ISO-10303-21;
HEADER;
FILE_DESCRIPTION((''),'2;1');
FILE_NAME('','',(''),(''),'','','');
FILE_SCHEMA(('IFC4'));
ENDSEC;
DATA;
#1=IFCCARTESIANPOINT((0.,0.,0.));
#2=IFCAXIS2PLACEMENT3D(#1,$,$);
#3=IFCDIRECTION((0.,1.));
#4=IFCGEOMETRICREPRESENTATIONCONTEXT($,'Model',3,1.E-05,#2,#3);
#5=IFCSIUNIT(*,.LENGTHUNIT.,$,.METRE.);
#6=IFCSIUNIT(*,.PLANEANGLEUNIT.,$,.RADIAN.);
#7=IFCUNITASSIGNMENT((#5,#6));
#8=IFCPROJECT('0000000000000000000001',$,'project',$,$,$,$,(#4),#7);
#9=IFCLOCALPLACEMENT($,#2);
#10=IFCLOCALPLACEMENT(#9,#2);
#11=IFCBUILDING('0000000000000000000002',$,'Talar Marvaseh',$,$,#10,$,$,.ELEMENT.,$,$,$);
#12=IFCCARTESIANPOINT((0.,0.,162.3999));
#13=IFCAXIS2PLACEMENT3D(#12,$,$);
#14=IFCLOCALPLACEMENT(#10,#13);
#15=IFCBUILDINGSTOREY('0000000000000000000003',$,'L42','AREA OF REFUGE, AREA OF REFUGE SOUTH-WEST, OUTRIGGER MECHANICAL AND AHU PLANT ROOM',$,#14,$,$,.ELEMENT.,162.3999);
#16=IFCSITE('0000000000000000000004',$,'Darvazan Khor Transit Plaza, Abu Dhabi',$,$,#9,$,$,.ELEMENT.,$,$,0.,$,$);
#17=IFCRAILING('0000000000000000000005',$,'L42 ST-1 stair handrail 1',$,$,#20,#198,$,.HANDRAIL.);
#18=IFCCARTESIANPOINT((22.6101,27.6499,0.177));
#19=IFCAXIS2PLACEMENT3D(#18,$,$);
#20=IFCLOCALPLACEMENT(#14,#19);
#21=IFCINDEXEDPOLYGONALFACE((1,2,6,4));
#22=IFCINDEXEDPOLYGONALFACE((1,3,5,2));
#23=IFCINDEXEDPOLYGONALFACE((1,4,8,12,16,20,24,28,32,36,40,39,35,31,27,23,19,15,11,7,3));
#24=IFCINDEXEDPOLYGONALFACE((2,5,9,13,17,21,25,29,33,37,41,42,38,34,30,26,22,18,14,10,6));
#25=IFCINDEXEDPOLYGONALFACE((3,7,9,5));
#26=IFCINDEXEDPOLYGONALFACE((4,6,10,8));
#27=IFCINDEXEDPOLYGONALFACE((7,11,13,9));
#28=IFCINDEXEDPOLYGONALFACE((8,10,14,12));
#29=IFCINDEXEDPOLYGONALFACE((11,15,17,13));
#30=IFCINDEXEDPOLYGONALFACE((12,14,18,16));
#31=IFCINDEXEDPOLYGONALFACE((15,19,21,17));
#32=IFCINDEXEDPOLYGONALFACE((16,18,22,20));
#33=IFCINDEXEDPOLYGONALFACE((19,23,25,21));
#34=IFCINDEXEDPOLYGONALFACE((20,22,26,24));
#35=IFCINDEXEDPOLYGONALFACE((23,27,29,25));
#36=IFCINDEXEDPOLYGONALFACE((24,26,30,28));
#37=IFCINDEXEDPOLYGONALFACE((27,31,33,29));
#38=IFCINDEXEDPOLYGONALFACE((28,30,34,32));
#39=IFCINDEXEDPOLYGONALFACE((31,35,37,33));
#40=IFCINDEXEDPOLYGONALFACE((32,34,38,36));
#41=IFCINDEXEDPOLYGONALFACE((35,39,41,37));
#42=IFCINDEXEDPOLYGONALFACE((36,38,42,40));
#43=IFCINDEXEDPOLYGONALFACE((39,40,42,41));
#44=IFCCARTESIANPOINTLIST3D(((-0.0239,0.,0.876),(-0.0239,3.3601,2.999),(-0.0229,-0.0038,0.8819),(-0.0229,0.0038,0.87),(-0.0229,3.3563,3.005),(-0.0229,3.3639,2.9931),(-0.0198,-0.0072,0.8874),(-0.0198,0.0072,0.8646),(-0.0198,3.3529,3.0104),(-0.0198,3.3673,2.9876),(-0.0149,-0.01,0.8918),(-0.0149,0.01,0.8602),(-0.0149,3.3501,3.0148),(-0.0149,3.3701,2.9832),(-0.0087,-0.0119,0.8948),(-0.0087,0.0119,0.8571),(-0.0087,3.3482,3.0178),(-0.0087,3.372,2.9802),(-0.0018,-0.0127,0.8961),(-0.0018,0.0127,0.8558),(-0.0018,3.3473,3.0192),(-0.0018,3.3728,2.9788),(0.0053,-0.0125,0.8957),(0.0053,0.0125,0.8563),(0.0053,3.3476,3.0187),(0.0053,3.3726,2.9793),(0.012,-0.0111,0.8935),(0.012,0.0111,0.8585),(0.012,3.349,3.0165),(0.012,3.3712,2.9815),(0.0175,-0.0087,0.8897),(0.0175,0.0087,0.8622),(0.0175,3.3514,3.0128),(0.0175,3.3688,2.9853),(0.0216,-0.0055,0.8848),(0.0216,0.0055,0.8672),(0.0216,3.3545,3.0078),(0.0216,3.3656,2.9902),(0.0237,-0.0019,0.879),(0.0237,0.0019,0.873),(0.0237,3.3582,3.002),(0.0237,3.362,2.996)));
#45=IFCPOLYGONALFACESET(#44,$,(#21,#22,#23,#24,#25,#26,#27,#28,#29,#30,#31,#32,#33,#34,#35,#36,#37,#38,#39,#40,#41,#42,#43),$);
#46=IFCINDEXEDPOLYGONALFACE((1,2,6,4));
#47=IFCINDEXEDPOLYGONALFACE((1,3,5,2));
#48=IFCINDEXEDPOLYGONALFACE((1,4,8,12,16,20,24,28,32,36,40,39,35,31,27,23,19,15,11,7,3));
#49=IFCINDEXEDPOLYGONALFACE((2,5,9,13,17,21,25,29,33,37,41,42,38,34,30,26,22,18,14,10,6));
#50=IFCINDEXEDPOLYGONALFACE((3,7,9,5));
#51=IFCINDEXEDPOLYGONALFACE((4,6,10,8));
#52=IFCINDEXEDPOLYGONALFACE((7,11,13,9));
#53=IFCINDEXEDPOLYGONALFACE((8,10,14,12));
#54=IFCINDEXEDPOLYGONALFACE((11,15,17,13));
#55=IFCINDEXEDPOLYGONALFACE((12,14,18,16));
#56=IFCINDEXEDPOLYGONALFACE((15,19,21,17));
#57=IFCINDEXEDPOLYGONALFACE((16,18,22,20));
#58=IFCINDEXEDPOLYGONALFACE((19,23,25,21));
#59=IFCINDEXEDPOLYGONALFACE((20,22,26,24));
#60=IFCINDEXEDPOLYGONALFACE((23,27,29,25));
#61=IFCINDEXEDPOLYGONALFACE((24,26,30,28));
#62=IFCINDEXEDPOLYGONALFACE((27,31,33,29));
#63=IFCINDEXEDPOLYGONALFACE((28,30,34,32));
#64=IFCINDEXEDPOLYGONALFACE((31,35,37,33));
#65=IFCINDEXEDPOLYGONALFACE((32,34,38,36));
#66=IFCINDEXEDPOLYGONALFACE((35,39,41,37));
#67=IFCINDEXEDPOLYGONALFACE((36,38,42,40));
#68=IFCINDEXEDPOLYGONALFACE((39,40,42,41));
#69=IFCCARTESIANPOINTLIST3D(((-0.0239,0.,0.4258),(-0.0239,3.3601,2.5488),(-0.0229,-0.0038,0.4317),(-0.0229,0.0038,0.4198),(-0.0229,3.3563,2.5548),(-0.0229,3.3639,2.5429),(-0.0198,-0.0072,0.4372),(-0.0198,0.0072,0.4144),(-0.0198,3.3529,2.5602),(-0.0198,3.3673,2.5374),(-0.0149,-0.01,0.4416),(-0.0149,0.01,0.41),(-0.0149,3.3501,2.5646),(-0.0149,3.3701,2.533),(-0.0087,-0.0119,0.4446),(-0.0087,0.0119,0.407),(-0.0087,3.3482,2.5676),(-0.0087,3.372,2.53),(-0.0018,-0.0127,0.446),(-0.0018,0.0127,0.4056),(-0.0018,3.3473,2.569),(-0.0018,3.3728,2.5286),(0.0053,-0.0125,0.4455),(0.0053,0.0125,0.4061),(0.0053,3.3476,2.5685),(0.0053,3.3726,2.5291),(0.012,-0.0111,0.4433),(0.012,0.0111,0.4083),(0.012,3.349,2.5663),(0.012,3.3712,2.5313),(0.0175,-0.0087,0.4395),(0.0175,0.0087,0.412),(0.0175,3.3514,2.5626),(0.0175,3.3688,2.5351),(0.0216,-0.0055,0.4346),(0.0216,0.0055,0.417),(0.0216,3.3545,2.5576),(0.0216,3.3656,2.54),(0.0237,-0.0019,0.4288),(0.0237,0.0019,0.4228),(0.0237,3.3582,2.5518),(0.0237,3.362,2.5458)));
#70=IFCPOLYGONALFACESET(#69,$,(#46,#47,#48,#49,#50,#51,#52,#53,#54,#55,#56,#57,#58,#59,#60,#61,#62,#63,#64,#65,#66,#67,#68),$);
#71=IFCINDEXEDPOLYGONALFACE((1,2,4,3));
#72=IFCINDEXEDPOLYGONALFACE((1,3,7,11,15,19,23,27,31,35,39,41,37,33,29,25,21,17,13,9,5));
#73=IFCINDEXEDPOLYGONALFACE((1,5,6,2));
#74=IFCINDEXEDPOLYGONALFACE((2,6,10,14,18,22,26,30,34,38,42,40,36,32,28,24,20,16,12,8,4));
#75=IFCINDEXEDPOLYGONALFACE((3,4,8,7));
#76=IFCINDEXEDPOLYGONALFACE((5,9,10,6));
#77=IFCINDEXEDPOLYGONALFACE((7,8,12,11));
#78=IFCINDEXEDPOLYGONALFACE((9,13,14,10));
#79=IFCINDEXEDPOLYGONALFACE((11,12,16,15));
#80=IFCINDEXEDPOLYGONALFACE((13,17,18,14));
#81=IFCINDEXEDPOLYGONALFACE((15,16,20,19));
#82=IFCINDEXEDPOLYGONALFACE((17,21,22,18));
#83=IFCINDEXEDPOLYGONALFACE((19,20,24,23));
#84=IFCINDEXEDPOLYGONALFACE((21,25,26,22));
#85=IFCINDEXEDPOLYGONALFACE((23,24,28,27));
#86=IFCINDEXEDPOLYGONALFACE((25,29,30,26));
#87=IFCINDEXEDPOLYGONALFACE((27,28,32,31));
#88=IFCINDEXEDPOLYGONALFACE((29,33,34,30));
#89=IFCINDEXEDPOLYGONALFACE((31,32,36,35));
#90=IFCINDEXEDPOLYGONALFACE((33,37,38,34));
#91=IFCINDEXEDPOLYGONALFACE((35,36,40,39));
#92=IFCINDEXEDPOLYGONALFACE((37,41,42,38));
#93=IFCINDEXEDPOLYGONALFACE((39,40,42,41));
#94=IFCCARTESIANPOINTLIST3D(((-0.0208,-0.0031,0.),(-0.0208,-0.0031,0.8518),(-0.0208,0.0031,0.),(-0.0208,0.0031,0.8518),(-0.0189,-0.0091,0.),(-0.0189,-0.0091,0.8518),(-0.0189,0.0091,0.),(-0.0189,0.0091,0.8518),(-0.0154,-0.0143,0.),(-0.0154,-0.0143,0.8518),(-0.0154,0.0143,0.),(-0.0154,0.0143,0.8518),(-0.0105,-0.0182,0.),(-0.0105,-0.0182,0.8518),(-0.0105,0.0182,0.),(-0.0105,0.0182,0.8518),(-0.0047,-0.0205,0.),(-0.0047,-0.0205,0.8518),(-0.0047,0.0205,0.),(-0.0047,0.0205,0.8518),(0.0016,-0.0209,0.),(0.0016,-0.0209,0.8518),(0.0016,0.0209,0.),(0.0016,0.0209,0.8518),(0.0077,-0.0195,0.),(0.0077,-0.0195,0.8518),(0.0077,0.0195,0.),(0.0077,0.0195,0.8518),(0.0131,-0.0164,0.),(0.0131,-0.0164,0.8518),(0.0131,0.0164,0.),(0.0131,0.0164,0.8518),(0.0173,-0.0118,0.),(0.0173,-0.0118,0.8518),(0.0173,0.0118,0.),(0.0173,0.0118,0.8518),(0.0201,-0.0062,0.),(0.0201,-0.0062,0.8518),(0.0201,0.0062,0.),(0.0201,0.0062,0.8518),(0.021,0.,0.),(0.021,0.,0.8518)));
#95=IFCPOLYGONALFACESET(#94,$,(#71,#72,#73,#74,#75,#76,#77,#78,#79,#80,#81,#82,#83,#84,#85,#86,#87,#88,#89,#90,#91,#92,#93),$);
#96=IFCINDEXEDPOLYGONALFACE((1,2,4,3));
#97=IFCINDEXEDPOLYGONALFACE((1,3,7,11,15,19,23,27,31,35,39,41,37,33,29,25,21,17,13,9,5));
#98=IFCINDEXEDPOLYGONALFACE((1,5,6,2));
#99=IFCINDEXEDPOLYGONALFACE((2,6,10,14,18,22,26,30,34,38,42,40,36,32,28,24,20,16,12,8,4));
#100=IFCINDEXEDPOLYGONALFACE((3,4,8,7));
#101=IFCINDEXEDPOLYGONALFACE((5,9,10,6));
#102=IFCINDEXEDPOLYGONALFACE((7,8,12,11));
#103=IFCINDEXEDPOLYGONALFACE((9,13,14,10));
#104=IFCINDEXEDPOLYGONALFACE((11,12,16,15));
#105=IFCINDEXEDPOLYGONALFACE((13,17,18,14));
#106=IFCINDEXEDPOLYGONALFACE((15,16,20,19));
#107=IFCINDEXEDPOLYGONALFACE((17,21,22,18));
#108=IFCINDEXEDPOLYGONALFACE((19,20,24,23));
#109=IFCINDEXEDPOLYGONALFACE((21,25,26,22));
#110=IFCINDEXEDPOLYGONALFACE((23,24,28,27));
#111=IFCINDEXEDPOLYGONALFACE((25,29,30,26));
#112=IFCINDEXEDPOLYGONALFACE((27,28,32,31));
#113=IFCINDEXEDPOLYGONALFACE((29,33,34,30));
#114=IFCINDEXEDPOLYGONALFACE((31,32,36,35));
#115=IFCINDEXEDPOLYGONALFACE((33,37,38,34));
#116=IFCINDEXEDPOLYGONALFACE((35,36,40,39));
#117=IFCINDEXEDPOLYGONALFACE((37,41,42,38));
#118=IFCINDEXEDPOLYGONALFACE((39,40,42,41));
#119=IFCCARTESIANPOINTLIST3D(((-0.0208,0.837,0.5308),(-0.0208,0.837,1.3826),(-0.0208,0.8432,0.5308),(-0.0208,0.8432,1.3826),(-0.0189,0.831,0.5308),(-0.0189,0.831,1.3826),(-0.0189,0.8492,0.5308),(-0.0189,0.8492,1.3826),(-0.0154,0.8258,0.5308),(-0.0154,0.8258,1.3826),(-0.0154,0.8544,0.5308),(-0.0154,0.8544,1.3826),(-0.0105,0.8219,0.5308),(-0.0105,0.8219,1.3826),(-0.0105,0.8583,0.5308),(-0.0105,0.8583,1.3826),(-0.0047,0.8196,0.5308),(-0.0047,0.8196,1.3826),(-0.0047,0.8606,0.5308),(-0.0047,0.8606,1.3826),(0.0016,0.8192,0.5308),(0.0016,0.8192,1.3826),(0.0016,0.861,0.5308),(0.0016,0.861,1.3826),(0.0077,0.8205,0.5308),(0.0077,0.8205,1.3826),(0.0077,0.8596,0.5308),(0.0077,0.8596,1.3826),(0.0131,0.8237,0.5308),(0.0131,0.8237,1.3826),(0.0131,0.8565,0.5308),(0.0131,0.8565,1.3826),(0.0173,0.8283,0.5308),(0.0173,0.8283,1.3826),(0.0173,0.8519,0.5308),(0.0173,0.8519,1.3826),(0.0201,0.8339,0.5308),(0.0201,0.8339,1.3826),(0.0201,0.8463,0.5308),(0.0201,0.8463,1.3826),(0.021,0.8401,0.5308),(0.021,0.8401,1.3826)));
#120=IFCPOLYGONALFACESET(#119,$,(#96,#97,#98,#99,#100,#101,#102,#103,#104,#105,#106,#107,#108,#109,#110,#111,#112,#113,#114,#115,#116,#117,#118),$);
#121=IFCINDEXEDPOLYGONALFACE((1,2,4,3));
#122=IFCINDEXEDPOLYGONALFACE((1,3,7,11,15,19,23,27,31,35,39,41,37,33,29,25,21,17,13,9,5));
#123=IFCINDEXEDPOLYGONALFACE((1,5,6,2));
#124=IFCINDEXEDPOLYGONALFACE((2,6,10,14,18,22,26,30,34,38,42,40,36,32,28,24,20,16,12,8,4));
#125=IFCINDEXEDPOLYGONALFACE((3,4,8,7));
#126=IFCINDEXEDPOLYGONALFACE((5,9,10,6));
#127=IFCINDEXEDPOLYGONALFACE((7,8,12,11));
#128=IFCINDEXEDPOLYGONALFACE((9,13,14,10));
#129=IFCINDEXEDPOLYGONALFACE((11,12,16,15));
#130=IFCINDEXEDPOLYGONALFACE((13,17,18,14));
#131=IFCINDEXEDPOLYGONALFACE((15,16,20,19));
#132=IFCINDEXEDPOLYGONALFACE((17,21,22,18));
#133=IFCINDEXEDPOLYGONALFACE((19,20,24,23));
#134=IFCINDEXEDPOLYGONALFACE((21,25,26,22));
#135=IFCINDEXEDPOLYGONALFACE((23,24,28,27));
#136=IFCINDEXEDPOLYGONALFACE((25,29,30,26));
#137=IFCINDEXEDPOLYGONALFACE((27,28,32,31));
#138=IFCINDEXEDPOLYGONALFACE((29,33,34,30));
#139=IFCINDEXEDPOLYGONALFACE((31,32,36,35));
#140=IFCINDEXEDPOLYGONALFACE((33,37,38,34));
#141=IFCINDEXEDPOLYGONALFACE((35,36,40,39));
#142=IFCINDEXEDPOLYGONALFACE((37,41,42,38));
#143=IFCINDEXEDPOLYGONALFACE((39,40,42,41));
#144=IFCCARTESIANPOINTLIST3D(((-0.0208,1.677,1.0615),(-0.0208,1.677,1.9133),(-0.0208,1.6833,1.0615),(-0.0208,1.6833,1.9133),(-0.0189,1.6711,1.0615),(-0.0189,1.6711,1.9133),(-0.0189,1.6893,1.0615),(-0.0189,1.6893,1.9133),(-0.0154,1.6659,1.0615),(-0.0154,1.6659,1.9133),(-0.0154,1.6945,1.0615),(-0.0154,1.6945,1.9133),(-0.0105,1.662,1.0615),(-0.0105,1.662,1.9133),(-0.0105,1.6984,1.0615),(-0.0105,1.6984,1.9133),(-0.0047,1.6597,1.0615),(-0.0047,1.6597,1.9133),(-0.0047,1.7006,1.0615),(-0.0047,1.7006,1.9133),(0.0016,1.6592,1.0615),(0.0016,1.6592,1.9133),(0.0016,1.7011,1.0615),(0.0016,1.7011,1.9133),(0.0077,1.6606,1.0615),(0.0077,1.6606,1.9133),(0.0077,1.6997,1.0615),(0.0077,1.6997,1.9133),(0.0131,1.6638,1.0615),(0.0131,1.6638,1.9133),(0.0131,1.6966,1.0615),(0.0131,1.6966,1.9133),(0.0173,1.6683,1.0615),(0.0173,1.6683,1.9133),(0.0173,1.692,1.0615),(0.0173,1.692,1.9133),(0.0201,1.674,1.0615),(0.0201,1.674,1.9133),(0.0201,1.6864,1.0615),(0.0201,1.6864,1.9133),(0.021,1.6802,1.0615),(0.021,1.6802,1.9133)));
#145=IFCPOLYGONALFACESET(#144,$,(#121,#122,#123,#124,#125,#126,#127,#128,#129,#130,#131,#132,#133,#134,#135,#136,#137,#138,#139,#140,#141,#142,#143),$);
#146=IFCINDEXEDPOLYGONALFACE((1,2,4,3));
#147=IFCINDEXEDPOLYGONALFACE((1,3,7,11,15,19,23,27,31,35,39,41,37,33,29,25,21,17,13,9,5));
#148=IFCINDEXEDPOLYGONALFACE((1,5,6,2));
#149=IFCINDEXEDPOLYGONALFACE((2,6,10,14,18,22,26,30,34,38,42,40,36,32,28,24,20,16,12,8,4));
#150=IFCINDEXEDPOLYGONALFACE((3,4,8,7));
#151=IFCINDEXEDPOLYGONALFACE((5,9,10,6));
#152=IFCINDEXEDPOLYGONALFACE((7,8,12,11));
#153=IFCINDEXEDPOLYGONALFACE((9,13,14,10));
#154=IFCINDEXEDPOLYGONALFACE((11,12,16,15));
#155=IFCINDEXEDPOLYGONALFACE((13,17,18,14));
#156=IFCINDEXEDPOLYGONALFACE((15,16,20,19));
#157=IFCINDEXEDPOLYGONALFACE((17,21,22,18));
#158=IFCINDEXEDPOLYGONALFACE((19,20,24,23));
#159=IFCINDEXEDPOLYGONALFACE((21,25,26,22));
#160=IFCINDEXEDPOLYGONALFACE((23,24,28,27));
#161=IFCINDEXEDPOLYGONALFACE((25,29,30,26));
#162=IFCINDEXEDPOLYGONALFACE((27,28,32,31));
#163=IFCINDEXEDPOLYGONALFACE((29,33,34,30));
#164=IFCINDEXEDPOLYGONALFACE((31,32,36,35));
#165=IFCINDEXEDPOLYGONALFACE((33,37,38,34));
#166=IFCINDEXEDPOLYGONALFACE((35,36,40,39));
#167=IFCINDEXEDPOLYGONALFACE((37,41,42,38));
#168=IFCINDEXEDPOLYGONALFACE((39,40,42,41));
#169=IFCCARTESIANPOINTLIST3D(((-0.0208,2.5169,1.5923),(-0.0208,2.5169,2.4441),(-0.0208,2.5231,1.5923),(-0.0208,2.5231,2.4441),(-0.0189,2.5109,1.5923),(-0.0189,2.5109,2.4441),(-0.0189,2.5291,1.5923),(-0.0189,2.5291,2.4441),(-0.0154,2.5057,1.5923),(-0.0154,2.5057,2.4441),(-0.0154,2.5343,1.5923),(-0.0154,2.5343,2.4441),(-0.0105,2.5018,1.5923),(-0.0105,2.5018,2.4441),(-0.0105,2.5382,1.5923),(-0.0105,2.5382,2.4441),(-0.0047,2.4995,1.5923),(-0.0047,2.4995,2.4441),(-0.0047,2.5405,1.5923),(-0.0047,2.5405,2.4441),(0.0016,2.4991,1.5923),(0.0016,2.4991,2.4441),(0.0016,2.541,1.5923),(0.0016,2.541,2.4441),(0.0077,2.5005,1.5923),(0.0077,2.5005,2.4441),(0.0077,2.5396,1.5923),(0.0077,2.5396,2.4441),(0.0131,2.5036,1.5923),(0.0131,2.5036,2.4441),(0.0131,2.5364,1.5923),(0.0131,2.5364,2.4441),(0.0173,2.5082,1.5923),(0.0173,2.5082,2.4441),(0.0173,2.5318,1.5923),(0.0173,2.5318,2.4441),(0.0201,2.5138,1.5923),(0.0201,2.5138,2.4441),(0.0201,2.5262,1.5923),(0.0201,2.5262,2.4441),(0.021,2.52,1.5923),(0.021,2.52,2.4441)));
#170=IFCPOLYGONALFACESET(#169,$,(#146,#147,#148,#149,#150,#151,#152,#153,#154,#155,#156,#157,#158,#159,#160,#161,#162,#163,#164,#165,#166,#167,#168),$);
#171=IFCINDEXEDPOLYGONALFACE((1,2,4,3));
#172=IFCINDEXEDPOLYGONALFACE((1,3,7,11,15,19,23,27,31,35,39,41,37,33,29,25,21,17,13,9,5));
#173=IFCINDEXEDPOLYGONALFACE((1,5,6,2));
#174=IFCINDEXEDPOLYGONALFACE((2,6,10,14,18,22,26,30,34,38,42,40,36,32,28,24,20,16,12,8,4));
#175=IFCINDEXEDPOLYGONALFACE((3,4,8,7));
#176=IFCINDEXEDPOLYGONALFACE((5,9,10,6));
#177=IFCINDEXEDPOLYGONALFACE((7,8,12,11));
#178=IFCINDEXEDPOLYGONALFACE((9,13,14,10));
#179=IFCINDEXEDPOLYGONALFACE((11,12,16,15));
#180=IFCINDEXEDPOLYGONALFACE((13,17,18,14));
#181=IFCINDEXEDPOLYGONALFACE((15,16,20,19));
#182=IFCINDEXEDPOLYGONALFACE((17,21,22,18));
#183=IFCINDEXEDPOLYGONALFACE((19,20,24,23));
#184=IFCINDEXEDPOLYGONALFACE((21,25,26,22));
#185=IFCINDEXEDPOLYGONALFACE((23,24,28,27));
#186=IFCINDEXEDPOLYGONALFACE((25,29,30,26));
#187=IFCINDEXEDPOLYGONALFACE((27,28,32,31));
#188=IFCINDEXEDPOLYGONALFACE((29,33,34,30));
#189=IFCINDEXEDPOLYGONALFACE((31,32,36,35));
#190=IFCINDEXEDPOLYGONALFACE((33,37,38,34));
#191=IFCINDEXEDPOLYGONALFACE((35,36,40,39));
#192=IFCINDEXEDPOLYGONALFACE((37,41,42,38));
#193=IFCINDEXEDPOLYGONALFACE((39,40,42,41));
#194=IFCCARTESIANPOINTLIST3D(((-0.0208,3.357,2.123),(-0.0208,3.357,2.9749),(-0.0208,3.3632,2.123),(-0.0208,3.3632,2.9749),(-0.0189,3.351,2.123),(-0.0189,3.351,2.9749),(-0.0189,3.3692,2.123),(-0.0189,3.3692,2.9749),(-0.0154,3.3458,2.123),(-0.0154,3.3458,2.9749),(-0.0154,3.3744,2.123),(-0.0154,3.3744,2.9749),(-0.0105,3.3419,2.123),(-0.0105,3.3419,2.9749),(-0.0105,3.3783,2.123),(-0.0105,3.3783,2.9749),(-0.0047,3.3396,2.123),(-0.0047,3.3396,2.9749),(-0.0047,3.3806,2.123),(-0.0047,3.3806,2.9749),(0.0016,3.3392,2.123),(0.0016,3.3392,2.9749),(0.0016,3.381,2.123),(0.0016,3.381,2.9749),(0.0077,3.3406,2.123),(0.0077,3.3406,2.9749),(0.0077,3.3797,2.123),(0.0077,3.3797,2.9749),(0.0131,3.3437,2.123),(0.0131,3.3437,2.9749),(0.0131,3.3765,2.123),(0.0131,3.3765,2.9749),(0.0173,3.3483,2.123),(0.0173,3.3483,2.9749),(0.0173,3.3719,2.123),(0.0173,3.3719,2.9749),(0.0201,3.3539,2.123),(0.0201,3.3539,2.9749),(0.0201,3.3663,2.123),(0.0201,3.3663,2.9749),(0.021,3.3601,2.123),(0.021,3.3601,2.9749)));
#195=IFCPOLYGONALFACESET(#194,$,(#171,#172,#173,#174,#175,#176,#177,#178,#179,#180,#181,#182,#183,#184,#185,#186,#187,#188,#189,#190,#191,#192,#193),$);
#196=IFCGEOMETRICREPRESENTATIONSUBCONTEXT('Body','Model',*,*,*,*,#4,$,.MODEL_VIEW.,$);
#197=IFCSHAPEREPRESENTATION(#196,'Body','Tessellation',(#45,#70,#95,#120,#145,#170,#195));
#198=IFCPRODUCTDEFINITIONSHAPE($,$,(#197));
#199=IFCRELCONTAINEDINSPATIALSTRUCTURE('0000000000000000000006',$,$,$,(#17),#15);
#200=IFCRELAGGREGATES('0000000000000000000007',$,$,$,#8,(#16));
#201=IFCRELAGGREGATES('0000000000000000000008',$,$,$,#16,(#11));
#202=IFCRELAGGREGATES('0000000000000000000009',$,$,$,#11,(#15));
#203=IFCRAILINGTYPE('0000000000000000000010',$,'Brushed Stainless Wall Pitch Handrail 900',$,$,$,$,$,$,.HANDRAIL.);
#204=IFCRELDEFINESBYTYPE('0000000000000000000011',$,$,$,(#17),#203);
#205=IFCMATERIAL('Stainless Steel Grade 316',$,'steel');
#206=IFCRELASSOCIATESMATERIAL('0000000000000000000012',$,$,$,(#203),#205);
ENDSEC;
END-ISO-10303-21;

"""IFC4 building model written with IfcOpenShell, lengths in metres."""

from ifc_helpers import new_model, si_unit, direction, frame, origin, origin_2d, place, context, subcontext, project, spatial, circle, extrude, material, type_object, element, save


model = new_model("IFC4")

# Units and contexts
model_context = context("Model", 3, precision=1e-05, world=origin(), true_north=direction((0.0, 1.0)))
body_context = subcontext(model_context, "Body", "Model", "MODEL_VIEW")
ifc_project = project(units=[si_unit("LENGTHUNIT", "METRE"), si_unit("PLANEANGLEUNIT", "RADIAN")], contexts=[model_context])

# Site, building, storey
site_placement = place(None, origin())
site = spatial("IfcSite", under=ifc_project, at=site_placement, Name="Darvazan Khor Transit Plaza, Abu Dhabi", CompositionType="ELEMENT", RefElevation=0.0)
building_placement = place(site_placement, origin())
building = spatial("IfcBuilding", under=site, at=building_placement, Name="Talar Marvaseh", CompositionType="ELEMENT")
storey_placement = place(building_placement, frame((0.0, 0.0, 162.3999)))
storey = spatial("IfcBuildingStorey", under=building, at=storey_placement, Name="L42", Description="AREA OF REFUGE, AREA OF REFUGE SOUTH-WEST, OUTRIGGER MECHANICAL AND AHU PLANT ROOM", CompositionType="ELEMENT", Elevation=162.3999)

# Railing
ifc_material_1 = material(Name="Stainless Steel Grade 316", Category="steel")
railing_type_1 = type_object("IfcRailingType", Name="Brushed Stainless Wall Pitch Handrail 900", PredefinedType="HANDRAIL", material=ifc_material_1)
railing_1_placement = place(storey_placement, frame((22.6101, 27.6499, 0.177)))
element("IfcRailing", 1, at=railing_1_placement, inside=storey, type_object=railing_type_1, Name="L42 ST-1 stair handrail 1", PredefinedType="HANDRAIL", context=body_context, shape_type="SweptSolid", body=[
    extrude(circle(Radius=0.0239, at=origin_2d()), frame((0.0, 0.0, 0.876), z_axis=(0.0, 0.84539, 0.53415), x_axis=(-1.0, 0.0, 0.0)), (0.0, 0.0, 1.0), 3.9746),
    extrude(circle(Radius=0.0239, at=origin_2d()), frame((0.0, 0.0, 0.4258), z_axis=(0.0, 0.84539, 0.53415), x_axis=(-1.0, 0.0, 0.0)), (0.0, 0.0, 1.0), 3.9746),
    extrude(circle(Radius=0.021, at=origin_2d()), origin(), (0.0, 0.0, 1.0), 0.8518),
    extrude(circle(Radius=0.021, at=origin_2d()), frame((0.0, 0.8401, 0.5308)), (0.0, 0.0, 1.0), 0.8518),
    extrude(circle(Radius=0.021, at=origin_2d()), frame((0.0, 1.6802, 1.0615)), (0.0, 0.0, 1.0), 0.8518),
    extrude(circle(Radius=0.021, at=origin_2d()), frame((0.0, 2.52, 1.5923)), (0.0, 0.0, 1.0), 0.8518),
    extrude(circle(Radius=0.021, at=origin_2d()), frame((0.0, 3.3601, 2.123)), (0.0, 0.0, 1.0), 0.8518),
])

save(model, "model.ifc")
